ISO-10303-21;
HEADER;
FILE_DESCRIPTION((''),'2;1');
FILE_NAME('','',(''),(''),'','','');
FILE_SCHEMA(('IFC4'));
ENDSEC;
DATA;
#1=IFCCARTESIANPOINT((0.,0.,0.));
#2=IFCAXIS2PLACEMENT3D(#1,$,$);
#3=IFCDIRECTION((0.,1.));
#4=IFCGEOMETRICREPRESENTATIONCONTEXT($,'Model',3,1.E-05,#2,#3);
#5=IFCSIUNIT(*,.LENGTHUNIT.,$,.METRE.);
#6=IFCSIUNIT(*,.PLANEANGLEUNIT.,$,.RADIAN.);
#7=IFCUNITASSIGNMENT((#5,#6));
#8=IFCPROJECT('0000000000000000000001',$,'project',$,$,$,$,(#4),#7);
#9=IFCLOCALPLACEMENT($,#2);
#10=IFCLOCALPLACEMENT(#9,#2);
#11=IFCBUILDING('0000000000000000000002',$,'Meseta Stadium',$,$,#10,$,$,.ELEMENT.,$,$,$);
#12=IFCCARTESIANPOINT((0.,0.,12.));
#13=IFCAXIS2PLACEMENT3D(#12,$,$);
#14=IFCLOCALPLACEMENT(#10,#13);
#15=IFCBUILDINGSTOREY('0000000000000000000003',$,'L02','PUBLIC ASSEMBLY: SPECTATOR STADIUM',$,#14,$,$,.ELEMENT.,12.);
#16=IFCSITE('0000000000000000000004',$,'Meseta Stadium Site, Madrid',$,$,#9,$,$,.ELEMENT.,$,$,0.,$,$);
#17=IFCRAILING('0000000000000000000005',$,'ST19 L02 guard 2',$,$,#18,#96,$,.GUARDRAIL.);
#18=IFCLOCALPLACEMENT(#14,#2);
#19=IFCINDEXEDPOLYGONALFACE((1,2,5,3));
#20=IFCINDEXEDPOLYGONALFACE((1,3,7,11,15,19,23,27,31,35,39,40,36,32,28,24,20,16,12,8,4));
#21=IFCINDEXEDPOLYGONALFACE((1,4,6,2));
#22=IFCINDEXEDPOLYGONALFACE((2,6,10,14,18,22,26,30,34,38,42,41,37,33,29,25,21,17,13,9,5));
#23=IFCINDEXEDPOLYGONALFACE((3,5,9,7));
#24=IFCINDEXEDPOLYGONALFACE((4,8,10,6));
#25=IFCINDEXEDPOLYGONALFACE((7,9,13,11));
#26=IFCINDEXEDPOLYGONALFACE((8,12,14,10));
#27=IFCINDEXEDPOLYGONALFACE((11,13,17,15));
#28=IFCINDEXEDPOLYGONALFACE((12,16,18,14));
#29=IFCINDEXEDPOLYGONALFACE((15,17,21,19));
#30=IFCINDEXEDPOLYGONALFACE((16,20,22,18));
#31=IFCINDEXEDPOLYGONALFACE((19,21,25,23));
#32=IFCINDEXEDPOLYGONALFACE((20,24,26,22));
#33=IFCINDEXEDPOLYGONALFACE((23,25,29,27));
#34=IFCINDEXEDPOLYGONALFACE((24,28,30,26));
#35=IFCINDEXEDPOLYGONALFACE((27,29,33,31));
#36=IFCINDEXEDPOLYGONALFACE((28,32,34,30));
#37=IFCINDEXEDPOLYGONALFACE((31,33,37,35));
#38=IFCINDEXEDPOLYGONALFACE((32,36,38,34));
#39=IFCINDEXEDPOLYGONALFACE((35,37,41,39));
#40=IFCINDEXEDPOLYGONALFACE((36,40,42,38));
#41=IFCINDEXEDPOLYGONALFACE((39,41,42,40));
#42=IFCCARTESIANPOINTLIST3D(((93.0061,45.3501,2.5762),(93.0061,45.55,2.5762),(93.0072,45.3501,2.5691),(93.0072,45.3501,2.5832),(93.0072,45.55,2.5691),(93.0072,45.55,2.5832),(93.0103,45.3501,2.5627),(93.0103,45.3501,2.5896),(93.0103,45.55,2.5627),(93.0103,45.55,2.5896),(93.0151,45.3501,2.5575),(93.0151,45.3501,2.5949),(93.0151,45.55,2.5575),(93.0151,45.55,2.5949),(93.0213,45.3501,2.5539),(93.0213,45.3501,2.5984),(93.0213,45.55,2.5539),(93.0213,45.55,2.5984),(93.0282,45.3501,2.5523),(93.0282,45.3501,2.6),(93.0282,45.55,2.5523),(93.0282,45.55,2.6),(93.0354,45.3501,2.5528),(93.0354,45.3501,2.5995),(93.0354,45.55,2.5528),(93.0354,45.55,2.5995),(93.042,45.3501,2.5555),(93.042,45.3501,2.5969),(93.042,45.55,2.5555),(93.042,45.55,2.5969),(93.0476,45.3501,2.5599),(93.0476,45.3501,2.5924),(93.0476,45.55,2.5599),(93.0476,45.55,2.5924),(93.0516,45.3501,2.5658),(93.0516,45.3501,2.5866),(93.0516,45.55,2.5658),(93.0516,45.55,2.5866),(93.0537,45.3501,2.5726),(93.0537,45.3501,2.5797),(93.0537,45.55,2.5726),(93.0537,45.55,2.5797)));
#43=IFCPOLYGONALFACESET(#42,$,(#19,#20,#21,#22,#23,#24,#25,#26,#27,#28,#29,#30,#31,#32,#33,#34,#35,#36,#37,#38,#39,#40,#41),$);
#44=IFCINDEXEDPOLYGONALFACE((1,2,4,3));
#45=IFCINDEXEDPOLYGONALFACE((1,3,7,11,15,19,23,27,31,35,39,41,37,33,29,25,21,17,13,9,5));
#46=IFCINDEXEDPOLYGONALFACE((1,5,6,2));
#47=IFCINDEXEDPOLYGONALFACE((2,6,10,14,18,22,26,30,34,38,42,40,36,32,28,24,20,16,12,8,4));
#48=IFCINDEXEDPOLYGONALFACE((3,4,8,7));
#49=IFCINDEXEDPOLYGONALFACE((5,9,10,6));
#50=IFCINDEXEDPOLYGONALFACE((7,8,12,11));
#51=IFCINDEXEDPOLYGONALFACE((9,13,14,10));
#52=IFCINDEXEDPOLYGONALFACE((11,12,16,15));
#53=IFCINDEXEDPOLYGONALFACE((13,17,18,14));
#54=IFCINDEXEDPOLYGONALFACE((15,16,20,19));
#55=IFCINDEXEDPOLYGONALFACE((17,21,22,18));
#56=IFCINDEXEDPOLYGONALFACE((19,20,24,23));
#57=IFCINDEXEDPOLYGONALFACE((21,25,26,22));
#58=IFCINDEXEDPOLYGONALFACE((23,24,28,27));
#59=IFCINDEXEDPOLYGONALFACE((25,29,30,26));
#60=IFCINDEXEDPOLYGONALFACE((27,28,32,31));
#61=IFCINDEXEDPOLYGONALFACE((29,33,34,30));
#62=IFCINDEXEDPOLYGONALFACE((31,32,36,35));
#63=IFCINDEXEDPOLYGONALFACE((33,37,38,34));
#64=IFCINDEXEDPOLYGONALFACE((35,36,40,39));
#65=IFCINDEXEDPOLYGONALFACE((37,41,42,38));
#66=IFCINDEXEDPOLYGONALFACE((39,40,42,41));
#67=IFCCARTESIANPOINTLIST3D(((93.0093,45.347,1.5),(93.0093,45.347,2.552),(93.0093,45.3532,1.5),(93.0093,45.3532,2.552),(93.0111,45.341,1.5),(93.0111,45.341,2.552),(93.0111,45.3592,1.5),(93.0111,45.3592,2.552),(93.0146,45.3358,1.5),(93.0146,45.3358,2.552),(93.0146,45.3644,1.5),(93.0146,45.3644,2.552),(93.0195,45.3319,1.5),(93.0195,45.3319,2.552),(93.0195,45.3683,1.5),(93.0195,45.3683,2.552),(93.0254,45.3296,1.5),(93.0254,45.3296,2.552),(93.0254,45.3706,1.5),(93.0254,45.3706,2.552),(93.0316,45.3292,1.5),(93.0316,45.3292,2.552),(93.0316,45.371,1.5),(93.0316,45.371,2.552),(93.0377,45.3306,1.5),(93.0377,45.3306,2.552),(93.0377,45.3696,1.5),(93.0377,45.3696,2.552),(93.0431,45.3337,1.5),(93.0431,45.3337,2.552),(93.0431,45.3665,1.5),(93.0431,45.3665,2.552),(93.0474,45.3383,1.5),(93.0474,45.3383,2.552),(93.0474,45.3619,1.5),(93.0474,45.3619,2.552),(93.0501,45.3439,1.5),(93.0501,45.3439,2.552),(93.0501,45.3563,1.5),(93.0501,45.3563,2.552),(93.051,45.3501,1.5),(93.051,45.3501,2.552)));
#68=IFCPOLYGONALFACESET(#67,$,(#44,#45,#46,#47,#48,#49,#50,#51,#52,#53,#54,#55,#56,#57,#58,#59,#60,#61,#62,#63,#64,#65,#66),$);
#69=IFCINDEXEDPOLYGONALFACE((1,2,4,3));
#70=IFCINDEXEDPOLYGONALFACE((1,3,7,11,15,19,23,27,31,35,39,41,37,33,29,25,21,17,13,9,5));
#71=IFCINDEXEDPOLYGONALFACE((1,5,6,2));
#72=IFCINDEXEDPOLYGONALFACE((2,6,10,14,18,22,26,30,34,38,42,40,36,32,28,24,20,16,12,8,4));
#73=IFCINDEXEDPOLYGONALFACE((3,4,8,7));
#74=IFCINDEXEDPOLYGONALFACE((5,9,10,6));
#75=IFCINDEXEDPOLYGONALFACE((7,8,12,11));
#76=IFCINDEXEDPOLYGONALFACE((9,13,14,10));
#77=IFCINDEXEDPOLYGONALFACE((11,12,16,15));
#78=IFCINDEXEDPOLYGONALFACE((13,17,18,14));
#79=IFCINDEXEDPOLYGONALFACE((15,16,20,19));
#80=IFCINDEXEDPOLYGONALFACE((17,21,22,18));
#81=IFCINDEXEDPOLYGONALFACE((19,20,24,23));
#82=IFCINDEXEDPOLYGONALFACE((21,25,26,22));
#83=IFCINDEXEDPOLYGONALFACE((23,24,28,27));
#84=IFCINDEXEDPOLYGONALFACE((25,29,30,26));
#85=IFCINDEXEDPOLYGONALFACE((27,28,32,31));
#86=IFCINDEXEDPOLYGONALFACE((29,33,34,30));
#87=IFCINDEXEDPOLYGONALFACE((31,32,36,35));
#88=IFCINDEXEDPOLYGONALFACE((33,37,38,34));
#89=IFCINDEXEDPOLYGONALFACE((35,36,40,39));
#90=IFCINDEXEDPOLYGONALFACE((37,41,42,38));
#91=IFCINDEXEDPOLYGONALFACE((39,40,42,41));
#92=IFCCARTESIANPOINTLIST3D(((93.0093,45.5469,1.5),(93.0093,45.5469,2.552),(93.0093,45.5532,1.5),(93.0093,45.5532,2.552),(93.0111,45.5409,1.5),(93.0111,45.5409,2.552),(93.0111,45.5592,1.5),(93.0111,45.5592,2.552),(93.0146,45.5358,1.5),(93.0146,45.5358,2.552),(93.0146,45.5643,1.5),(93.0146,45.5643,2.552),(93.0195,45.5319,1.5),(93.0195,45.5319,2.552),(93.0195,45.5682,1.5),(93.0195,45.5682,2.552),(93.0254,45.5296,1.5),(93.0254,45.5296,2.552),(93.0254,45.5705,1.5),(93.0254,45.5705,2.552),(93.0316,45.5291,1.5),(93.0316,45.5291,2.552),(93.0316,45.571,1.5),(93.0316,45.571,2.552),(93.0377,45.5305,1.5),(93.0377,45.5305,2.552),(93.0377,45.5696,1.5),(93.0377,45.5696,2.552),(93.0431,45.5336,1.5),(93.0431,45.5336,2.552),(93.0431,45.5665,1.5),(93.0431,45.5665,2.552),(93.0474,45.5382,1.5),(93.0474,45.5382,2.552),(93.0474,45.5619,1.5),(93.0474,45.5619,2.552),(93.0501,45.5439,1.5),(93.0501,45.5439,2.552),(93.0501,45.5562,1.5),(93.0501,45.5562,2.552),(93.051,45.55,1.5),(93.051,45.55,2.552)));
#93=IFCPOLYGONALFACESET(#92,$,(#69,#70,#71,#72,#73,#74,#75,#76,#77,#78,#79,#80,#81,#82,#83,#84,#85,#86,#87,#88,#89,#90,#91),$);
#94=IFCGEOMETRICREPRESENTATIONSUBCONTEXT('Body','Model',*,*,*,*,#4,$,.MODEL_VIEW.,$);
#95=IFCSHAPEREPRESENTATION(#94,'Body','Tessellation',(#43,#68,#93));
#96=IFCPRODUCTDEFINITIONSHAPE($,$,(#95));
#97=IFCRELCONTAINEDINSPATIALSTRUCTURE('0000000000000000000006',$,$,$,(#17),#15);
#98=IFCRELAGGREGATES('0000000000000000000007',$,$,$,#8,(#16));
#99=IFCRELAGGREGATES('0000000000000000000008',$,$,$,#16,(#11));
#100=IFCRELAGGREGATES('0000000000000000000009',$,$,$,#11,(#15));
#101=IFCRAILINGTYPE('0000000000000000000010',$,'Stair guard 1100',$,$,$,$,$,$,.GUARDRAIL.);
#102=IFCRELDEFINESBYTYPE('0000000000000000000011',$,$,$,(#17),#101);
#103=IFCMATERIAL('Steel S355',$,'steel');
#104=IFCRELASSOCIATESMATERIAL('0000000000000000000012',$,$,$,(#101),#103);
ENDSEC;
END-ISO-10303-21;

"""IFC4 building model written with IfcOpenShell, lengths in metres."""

from ifc_helpers import new_model, si_unit, direction, frame, origin, origin_2d, place, context, subcontext, project, spatial, circle, extrude, material, type_object, element, save


model = new_model("IFC4")

# Units and contexts
model_context = context("Model", 3, precision=1e-05, world=origin(), true_north=direction((0.0, 1.0)))
body_context = subcontext(model_context, "Body", "Model", "MODEL_VIEW")
ifc_project = project(units=[si_unit("LENGTHUNIT", "METRE"), si_unit("PLANEANGLEUNIT", "RADIAN")], contexts=[model_context])

# Site, building, storey
site_placement = place(None, origin())
site = spatial("IfcSite", under=ifc_project, at=site_placement, Name="Meseta Stadium Site, Madrid", CompositionType="ELEMENT", RefElevation=0.0)
building_placement = place(site_placement, origin())
building = spatial("IfcBuilding", under=site, at=building_placement, Name="Meseta Stadium", CompositionType="ELEMENT")
storey_placement = place(building_placement, frame((0.0, 0.0, 12.0)))
storey = spatial("IfcBuildingStorey", under=building, at=storey_placement, Name="L02", Description="PUBLIC ASSEMBLY: SPECTATOR STADIUM", CompositionType="ELEMENT", Elevation=12.0)

# Railing
ifc_material_1 = material(Name="Steel S355", Category="steel")
railing_type_1 = type_object("IfcRailingType", Name="Stair guard 1100", PredefinedType="GUARDRAIL", material=ifc_material_1)
railing_1_placement = place(storey_placement, frame((93.03, 45.3501, 1.5)))
element("IfcRailing", 1, at=railing_1_placement, inside=storey, type_object=railing_type_1, Name="ST19 L02 guard 2", PredefinedType="GUARDRAIL", context=body_context, shape_type="SweptSolid", body=[
    extrude(circle(Radius=0.0239, at=origin_2d()), frame((0.0, 0.0, 1.0762), z_axis=(0.0, 1.0, 0.0), x_axis=(-1.0, 0.0, 0.0)), (0.0, 0.0, 1.0), 0.2),
    extrude(circle(Radius=0.021, at=origin_2d()), origin(), (0.0, 0.0, 1.0), 1.052),
    extrude(circle(Radius=0.021, at=origin_2d()), frame((0.0, 0.2, 0.0)), (0.0, 0.0, 1.0), 1.052),
])

save(model, "model.ifc")
